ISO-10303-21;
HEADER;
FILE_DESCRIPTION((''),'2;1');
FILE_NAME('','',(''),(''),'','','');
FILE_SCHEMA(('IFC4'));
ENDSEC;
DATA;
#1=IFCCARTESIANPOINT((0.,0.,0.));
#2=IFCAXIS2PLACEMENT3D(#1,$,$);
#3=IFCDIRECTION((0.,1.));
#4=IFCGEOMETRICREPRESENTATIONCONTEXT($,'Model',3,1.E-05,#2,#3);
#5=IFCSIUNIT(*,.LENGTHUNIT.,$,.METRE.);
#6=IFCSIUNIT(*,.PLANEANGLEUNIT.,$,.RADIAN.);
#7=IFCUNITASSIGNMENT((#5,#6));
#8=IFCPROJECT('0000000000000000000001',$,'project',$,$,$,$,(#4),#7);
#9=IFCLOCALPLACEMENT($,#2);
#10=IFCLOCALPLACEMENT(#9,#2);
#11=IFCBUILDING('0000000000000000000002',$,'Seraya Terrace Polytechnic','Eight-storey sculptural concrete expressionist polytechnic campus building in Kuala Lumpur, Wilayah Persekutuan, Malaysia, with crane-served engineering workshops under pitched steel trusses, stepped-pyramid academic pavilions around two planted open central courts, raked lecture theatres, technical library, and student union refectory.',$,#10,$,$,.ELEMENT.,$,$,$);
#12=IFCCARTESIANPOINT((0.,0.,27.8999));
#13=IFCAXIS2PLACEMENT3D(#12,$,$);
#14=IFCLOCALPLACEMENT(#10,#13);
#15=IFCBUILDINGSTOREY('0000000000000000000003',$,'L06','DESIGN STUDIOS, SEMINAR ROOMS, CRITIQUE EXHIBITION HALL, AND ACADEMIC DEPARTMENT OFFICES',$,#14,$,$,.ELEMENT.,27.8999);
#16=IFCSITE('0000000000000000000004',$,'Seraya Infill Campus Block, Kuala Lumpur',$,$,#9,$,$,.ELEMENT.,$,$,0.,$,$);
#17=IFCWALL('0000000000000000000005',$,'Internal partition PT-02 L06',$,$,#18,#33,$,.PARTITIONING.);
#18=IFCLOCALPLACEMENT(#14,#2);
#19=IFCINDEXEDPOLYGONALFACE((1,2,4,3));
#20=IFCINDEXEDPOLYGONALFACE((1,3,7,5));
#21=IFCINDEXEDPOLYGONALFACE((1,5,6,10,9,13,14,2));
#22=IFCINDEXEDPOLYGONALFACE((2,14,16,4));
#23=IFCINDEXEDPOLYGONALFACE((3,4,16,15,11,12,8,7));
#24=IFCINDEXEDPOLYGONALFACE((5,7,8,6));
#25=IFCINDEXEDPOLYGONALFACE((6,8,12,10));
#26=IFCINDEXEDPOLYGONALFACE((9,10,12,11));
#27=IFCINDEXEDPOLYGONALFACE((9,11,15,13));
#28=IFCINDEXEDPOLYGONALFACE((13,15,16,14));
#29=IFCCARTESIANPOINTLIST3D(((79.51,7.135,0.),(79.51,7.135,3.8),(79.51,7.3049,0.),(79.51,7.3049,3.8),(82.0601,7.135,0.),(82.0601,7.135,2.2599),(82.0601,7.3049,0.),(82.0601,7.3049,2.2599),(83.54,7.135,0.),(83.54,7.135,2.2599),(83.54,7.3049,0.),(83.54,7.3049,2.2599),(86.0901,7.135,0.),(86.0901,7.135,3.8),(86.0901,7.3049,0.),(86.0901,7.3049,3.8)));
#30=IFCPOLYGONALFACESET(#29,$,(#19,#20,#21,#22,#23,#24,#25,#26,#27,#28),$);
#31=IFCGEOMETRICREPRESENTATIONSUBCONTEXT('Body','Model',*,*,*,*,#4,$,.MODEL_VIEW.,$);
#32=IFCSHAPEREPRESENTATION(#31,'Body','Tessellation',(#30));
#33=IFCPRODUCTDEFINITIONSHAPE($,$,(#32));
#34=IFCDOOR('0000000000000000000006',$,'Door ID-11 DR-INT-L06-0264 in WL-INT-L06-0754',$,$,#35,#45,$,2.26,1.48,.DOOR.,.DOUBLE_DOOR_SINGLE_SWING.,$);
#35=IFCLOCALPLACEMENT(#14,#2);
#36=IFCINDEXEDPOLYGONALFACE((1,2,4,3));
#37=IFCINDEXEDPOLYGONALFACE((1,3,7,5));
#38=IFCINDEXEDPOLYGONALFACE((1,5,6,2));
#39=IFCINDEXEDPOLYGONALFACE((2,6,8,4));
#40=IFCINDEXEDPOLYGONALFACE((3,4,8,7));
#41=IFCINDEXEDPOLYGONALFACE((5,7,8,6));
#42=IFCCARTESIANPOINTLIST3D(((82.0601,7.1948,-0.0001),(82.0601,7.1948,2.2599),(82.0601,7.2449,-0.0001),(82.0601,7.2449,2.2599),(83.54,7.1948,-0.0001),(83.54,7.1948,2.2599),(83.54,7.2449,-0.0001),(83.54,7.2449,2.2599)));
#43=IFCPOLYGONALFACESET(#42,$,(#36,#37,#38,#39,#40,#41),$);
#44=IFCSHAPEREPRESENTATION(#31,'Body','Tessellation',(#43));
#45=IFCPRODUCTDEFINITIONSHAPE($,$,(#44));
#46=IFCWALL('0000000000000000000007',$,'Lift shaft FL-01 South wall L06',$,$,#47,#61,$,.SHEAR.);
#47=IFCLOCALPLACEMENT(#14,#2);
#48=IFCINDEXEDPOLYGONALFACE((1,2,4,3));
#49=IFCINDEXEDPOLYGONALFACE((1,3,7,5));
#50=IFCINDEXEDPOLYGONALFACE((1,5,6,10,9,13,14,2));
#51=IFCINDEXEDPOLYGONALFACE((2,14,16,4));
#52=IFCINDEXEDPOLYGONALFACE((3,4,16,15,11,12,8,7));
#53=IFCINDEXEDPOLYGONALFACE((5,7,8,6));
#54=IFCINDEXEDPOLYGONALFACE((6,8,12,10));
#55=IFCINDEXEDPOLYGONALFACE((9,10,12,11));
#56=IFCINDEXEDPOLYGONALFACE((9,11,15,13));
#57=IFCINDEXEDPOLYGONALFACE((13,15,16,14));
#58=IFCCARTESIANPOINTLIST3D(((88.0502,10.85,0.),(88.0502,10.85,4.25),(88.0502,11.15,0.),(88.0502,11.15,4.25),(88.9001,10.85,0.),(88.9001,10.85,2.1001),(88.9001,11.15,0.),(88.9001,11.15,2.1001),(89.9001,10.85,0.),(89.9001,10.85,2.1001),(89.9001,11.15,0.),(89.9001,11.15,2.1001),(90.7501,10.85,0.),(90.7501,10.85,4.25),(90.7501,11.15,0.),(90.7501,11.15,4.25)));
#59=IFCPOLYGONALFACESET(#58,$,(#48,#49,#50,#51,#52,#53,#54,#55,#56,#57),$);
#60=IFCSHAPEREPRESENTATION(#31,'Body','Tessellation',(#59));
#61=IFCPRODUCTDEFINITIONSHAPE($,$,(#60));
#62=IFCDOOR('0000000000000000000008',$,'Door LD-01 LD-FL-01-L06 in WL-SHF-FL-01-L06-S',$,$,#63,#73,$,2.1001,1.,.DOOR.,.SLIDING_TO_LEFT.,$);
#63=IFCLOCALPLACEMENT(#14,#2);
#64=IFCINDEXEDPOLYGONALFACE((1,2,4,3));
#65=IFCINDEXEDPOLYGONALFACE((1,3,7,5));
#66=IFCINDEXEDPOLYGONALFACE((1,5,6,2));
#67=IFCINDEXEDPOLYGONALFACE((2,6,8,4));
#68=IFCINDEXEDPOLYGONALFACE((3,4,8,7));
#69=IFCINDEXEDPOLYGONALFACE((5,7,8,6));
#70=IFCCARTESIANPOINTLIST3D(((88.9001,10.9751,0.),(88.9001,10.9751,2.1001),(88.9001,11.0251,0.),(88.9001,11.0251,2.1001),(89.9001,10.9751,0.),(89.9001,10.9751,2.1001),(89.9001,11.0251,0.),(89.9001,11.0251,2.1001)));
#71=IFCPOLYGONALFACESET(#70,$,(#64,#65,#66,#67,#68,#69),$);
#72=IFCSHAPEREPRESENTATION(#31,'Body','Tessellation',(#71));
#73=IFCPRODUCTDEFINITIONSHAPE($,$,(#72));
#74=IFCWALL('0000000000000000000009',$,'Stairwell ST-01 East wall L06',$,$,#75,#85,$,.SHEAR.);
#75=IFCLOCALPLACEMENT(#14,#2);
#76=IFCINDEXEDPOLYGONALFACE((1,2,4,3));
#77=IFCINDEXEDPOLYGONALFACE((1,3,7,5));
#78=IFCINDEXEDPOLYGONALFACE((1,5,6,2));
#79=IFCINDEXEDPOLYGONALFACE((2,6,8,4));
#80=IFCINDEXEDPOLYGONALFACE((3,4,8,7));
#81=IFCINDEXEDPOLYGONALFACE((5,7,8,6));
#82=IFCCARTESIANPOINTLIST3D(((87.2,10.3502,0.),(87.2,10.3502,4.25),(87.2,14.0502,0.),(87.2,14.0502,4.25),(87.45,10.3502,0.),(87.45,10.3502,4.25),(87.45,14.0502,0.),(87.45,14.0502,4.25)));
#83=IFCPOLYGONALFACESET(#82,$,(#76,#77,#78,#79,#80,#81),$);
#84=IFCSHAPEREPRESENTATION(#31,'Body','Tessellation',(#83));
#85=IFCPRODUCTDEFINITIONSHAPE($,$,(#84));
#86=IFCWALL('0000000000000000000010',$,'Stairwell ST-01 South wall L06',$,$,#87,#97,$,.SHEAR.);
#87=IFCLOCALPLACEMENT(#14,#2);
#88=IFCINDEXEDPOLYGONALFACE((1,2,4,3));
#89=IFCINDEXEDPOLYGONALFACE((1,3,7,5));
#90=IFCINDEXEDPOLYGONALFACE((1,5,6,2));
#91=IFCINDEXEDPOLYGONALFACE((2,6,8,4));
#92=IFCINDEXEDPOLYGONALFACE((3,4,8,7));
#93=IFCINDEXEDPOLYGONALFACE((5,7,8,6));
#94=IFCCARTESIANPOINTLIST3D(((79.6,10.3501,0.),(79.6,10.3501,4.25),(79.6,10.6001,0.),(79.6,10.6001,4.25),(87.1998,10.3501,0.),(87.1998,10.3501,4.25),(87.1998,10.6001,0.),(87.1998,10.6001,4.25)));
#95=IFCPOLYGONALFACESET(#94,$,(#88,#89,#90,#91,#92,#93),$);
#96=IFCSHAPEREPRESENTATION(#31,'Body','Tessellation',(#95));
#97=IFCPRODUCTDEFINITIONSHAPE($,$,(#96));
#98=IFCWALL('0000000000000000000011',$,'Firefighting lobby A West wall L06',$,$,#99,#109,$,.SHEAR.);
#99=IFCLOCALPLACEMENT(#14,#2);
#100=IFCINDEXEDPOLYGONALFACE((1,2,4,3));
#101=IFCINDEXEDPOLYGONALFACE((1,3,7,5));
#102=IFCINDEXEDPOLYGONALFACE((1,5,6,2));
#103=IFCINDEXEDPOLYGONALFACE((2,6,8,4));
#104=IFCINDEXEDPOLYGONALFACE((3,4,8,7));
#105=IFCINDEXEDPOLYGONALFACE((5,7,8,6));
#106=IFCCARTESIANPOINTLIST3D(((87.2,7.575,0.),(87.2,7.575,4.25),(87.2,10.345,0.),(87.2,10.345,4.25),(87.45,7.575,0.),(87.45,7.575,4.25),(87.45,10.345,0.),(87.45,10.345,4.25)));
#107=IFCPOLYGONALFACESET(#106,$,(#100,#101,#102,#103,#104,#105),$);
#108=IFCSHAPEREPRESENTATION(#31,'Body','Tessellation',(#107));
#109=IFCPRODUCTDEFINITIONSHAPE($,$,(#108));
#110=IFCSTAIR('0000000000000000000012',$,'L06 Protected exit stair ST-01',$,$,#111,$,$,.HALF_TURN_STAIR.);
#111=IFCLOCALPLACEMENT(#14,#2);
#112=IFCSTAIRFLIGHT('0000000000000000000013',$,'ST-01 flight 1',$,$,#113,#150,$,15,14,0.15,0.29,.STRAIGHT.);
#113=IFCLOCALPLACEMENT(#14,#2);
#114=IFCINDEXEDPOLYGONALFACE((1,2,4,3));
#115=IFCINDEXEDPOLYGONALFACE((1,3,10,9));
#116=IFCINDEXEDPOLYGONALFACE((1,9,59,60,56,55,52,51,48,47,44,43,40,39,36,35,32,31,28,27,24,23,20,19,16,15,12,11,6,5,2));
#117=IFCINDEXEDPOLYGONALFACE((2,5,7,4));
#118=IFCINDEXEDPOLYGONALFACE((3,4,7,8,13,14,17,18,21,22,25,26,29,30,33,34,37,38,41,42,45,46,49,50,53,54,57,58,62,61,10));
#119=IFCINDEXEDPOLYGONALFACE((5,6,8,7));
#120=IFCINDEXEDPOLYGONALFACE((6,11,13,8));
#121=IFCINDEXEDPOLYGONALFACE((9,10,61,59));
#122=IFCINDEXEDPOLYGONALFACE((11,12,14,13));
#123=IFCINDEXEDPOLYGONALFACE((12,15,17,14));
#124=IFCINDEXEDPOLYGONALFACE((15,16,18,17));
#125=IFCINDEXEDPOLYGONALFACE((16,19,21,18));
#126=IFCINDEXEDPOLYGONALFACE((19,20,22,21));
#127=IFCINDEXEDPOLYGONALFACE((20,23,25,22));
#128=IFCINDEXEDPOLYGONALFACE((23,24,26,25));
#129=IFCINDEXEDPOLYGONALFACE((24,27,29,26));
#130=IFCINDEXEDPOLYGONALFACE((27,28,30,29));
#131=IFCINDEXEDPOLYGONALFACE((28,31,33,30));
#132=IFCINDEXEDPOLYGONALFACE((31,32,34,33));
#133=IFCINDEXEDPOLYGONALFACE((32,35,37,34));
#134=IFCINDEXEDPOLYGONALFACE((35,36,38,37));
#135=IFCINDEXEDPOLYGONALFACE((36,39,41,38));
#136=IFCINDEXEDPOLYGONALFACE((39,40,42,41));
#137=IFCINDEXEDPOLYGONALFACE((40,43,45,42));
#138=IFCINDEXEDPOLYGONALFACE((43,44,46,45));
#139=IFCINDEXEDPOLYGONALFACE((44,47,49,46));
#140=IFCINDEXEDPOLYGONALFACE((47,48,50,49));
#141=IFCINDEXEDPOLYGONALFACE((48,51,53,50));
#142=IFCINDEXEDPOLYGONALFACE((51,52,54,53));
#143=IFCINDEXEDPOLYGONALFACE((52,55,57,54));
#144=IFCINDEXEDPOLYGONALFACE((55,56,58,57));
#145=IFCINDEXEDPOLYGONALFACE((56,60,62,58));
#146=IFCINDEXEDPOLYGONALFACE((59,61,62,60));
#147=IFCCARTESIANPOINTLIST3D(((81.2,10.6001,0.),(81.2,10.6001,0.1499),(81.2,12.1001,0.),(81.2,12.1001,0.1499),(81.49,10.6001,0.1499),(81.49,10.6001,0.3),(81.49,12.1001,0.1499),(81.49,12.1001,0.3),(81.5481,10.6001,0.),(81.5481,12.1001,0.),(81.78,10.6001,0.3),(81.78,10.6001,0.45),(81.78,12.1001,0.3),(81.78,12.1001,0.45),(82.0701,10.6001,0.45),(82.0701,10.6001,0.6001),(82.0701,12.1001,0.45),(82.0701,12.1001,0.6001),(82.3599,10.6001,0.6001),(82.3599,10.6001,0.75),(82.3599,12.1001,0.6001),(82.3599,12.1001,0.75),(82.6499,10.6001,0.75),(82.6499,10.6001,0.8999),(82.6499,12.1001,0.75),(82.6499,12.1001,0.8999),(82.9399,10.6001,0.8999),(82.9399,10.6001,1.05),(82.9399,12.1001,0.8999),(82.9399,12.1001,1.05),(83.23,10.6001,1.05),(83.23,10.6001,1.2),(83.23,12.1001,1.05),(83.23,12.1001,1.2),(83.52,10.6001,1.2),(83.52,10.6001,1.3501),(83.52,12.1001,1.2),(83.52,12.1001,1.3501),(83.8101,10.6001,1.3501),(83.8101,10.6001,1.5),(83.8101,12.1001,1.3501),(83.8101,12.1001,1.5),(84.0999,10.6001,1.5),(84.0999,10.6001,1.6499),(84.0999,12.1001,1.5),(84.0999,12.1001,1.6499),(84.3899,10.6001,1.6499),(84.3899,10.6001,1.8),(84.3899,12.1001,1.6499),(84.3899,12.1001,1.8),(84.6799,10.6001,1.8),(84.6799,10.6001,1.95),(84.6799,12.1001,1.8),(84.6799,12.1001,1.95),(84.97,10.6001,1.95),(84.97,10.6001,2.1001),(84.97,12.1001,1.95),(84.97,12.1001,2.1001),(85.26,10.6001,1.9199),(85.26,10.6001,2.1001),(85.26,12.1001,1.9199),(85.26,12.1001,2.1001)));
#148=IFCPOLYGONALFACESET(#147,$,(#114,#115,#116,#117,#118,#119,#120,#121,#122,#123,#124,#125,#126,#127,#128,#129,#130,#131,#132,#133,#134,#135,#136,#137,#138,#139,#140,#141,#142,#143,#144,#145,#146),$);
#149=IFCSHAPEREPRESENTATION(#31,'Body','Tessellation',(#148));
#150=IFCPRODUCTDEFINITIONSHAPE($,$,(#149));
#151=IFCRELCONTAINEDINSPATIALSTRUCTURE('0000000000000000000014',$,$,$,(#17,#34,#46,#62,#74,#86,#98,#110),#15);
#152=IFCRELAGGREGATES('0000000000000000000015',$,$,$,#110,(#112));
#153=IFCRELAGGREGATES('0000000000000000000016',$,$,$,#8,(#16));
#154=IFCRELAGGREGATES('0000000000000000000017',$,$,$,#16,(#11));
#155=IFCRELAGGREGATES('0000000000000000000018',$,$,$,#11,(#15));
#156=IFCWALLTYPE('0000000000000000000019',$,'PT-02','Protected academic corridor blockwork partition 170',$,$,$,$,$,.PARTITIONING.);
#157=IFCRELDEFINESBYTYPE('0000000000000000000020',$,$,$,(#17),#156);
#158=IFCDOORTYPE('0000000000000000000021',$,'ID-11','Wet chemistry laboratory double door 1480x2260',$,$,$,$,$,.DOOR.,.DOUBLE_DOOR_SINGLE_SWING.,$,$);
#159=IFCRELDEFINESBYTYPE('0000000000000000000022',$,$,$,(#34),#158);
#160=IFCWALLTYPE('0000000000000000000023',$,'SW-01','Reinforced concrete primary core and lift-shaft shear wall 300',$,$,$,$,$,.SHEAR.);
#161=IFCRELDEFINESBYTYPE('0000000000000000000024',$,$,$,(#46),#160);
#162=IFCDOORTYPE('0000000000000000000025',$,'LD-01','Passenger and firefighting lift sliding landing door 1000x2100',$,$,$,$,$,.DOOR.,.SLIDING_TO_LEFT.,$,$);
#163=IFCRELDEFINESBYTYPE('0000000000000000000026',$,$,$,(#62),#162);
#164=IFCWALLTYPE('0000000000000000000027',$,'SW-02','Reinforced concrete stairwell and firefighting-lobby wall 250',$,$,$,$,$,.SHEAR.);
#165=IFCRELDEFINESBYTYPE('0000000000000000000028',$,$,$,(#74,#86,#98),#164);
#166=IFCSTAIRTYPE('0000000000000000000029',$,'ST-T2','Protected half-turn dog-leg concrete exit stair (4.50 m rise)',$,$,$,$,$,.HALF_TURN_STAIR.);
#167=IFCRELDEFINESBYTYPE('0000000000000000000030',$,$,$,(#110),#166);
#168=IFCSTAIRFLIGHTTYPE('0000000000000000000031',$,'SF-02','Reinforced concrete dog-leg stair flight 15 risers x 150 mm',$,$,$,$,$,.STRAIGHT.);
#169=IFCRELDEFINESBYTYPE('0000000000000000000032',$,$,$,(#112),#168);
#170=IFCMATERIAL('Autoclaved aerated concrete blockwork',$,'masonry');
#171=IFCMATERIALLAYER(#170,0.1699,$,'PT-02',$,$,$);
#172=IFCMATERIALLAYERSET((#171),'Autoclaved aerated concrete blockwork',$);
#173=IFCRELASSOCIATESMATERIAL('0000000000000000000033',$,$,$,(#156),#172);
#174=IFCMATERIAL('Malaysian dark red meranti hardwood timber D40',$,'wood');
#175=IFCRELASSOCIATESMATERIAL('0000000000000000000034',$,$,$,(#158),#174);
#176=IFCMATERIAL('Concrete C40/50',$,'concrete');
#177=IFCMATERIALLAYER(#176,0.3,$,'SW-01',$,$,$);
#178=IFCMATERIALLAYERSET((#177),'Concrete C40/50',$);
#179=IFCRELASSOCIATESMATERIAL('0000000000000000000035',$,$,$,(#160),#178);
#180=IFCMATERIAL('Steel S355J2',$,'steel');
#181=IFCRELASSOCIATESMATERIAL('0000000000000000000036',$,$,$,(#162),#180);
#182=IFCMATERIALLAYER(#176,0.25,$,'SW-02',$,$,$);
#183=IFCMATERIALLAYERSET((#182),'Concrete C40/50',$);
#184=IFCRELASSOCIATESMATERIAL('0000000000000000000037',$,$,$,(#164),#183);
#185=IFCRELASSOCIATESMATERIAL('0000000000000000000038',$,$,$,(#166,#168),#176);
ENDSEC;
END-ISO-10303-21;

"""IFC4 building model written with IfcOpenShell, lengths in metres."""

from ifc_helpers import new_model, si_unit, direction, frame, frame_2d, origin, place, context, subcontext, project, spatial, polyline, rectangle, outline, extrude, material, layer, layer_set, type_object, element, fill, aggregate, save


model = new_model("IFC4")

# Units and contexts
model_context = context("Model", 3, precision=1e-05, world=origin(), true_north=direction((0.0, 1.0)))
body_context = subcontext(model_context, "Body", "Model", "MODEL_VIEW")
ifc_project = project(units=[si_unit("LENGTHUNIT", "METRE"), si_unit("PLANEANGLEUNIT", "RADIAN")], contexts=[model_context])

# Site, building, storey
site_placement = place(None, origin())
site = spatial("IfcSite", under=ifc_project, at=site_placement, Name="Seraya Infill Campus Block, Kuala Lumpur", CompositionType="ELEMENT", RefElevation=0.0)
building_placement = place(site_placement, origin())
building = spatial("IfcBuilding", under=site, at=building_placement, Name="Seraya Terrace Polytechnic", Description="Eight-storey sculptural concrete expressionist polytechnic campus building in Kuala Lumpur, Wilayah Persekutuan, Malaysia, with crane-served engineering workshops under pitched steel trusses, stepped-pyramid academic pavilions around two planted open central courts, raked lecture theatres, technical library, and student union refectory.", CompositionType="ELEMENT")
storey_placement = place(building_placement, frame((0.0, 0.0, 27.8999)))
storey = spatial("IfcBuildingStorey", under=building, at=storey_placement, Name="L06", Description="DESIGN STUDIOS, SEMINAR ROOMS, CRITIQUE EXHIBITION HALL, AND ACADEMIC DEPARTMENT OFFICES", CompositionType="ELEMENT", Elevation=27.8999)

# Shared definitions
ifc_material_1 = material(Name="Concrete C40/50", Category="concrete")

# Shared definitions
ifc_material_2 = material(Name="Autoclaved aerated concrete blockwork", Category="masonry")
ifc_layer_1 = layer(ifc_material_2, 0.1699, Name="PT-02")
ifc_layer_set_1 = layer_set([ifc_layer_1], Name="Autoclaved aerated concrete blockwork")
wall_type_1 = type_object("IfcWallType", Name="PT-02", Description="Protected academic corridor blockwork partition 170", PredefinedType="PARTITIONING", material=ifc_layer_set_1)

# Walls, openings, doors
wall_1_placement = place(storey_placement, frame((79.51, 7.22, 0.0), z_axis=(0.0, 0.0, 1.0), x_axis=(1.0, 0.0, 0.0)))
wall_1 = element("IfcWall", 1, at=wall_1_placement, inside=storey, type_object=wall_type_1, Name="Internal partition PT-02 L06", PredefinedType="PARTITIONING", context=body_context, shape_type="SweptSolid", body=[
    extrude(rectangle(XDim=6.5801, YDim=0.1699, at=frame_2d((3.29, 0.0))), origin(), (0.0, 0.0, 1.0), 3.8),
])
opening_1_placement = place(wall_1_placement, frame((2.55, 0.0, 0.0)))
opening_1 = element("IfcOpeningElement", 2, at=opening_1_placement, cuts=wall_1, PredefinedType="OPENING", context=body_context, shape_type="SweptSolid", body=[
    extrude(rectangle(XDim=1.48, YDim=2.26, at=frame_2d((0.74, 1.1299))), frame((0.0, 0.0969, 0.0), z_axis=(0.0, -1.0, 0.0), x_axis=(1.0, 0.0, 0.0)), (0.0, 0.0, 1.0), 0.1938),
])
ifc_material_3 = material(Name="Malaysian dark red meranti hardwood timber D40", Category="wood")
door_type_1 = type_object("IfcDoorType", Name="ID-11", Description="Wet chemistry laboratory double door 1480x2260", OperationType="DOUBLE_DOOR_SINGLE_SWING", PredefinedType="DOOR", material=ifc_material_3)
door_1_placement = place(opening_1_placement, origin())
door_1 = element("IfcDoor", 3, at=door_1_placement, inside=storey, type_object=door_type_1, Name="Door ID-11 DR-INT-L06-0264 in WL-INT-L06-0754", OperationType="DOUBLE_DOOR_SINGLE_SWING", OverallHeight=2.26, OverallWidth=1.48, PredefinedType="DOOR", context=body_context, shape_type="SweptSolid", body=[
    extrude(rectangle(XDim=1.48, YDim=2.26, at=frame_2d((0.74, 1.1299))), frame((0.0, 0.0249, 0.0), z_axis=(0.0, -1.0, 0.0), x_axis=(1.0, 0.0, 0.0)), (0.0, 0.0, 1.0), 0.05),
])
fill(opening_1, door_1)
ifc_layer_2 = layer(ifc_material_1, 0.3, Name="SW-01")
ifc_layer_set_2 = layer_set([ifc_layer_2], Name="Concrete C40/50")
wall_type_2 = type_object("IfcWallType", Name="SW-01", Description="Reinforced concrete primary core and lift-shaft shear wall 300", PredefinedType="SHEAR", material=ifc_layer_set_2)
wall_2_placement = place(storey_placement, frame((88.05, 11.0, 0.0), z_axis=(0.0, 0.0, 1.0), x_axis=(1.0, 0.0, 0.0)))
wall_2 = element("IfcWall", 4, at=wall_2_placement, inside=storey, type_object=wall_type_2, Name="Lift shaft FL-01 South wall L06", PredefinedType="SHEAR", context=body_context, shape_type="SweptSolid", body=[
    extrude(rectangle(XDim=2.7, YDim=0.3, at=frame_2d((1.3501, 0.0))), origin(), (0.0, 0.0, 1.0), 4.25),
])
opening_2_placement = place(wall_2_placement, frame((0.8501, 0.0, 0.0)))
opening_2 = element("IfcOpeningElement", 5, at=opening_2_placement, cuts=wall_2, PredefinedType="OPENING", context=body_context, shape_type="SweptSolid", body=[
    extrude(rectangle(XDim=1.0, YDim=2.1001, at=frame_2d((0.5, 1.05))), frame((0.0, 0.1621, 0.0), z_axis=(0.0, -1.0, 0.0), x_axis=(1.0, 0.0, 0.0)), (0.0, 0.0, 1.0), 0.324),
])
ifc_material_4 = material(Name="Steel S355J2", Category="steel")
door_type_2 = type_object("IfcDoorType", Name="LD-01", Description="Passenger and firefighting lift sliding landing door 1000x2100", OperationType="SLIDING_TO_LEFT", PredefinedType="DOOR", material=ifc_material_4)
door_2_placement = place(opening_2_placement, frame((1.0, 0.0, 0.0), z_axis=(0.0, 0.0, 1.0), x_axis=(-1.0, 0.0, 0.0)))
door_2 = element("IfcDoor", 6, at=door_2_placement, inside=storey, type_object=door_type_2, Name="Door LD-01 LD-FL-01-L06 in WL-SHF-FL-01-L06-S", OperationType="SLIDING_TO_LEFT", OverallHeight=2.1001, OverallWidth=1.0, PredefinedType="DOOR", context=body_context, shape_type="SweptSolid", body=[
    extrude(rectangle(XDim=1.0, YDim=2.1001, at=frame_2d((0.5, 1.05))), frame((0.0, 0.0249, 0.0), z_axis=(0.0, -1.0, 0.0), x_axis=(1.0, 0.0, 0.0)), (0.0, 0.0, 1.0), 0.05),
])
fill(opening_2, door_2)
ifc_layer_3 = layer(ifc_material_1, 0.25, Name="SW-02")
ifc_layer_set_3 = layer_set([ifc_layer_3], Name="Concrete C40/50")
wall_type_3 = type_object("IfcWallType", Name="SW-02", Description="Reinforced concrete stairwell and firefighting-lobby wall 250", PredefinedType="SHEAR", material=ifc_layer_set_3)

# Walls
wall_3_placement = place(storey_placement, frame((87.325, 10.3501, 0.0), z_axis=(0.0, 0.0, 1.0), x_axis=(0.0, 1.0, 0.0)))
element("IfcWall", 7, at=wall_3_placement, inside=storey, type_object=wall_type_3, Name="Stairwell ST-01 East wall L06", PredefinedType="SHEAR", context=body_context, shape_type="SweptSolid", body=[
    extrude(rectangle(XDim=3.7, YDim=0.25, at=frame_2d((1.8501, 0.0))), origin(), (0.0, 0.0, 1.0), 4.25),
])
wall_4_placement = place(storey_placement, frame((79.6001, 10.4751, 0.0), z_axis=(0.0, 0.0, 1.0), x_axis=(1.0, 0.0, 0.0)))
element("IfcWall", 8, at=wall_4_placement, inside=storey, type_object=wall_type_3, Name="Stairwell ST-01 South wall L06", PredefinedType="SHEAR", context=body_context, shape_type="SweptSolid", body=[
    extrude(rectangle(XDim=7.5999, YDim=0.25, at=frame_2d((3.7998, 0.0))), origin(), (0.0, 0.0, 1.0), 4.25),
])

# Wall
wall_5_placement = place(storey_placement, frame((87.325, 7.575, 0.0), z_axis=(0.0, 0.0, 1.0), x_axis=(0.0, 1.0, 0.0)))
element("IfcWall", 9, at=wall_5_placement, inside=storey, type_object=wall_type_3, Name="Firefighting lobby A West wall L06", PredefinedType="SHEAR", context=body_context, shape_type="SweptSolid", body=[
    extrude(rectangle(XDim=2.77, YDim=0.25, at=frame_2d((1.385, 0.0))), origin(), (0.0, 0.0, 1.0), 4.25),
])

# Stair, stair flight
stair_type = type_object("IfcStairType", Name="ST-T2", Description="Protected half-turn dog-leg concrete exit stair (4.50 m rise)", PredefinedType="HALF_TURN_STAIR", material=ifc_material_1)
stair_placement = place(storey_placement, origin())
stair = element("IfcStair", 10, at=stair_placement, inside=storey, type_object=stair_type, Name="L06 Protected exit stair ST-01", PredefinedType="HALF_TURN_STAIR")
stair_flight_type = type_object("IfcStairFlightType", Name="SF-02", Description="Reinforced concrete dog-leg stair flight 15 risers x 150 mm", PredefinedType="STRAIGHT", material=ifc_material_1)
stair_flight_1_placement = place(storey_placement, frame((81.2, 11.3501, 0.0), z_axis=(0.0, 0.0, 1.0), x_axis=(1.0, 0.0, 0.0)))
stair_flight_1 = element("IfcStairFlight", 11, at=stair_flight_1_placement, type_object=stair_flight_type, Name="ST-01 flight 1", NumberOfRisers=15, NumberOfTreads=14, PredefinedType="STRAIGHT", RiserHeight=0.15, TreadLength=0.29, context=body_context, shape_type="SweptSolid", body=[
    extrude(outline(polyline([(0.0, 0.0), (0.0, 0.1499), (0.29, 0.1499), (0.29, 0.3), (0.5801, 0.3), (0.5801, 0.45), (0.8701, 0.45), (0.8701, 0.6001), (1.1599, 0.6001), (1.1599, 0.75), (1.45, 0.75), (1.45, 0.8999), (1.74, 0.8999), (1.74, 1.05), (2.03, 1.05), (2.03, 1.2), (2.3201, 1.2), (2.3201, 1.3501), (2.6101, 1.3501), (2.6101, 1.5), (2.8999, 1.5), (2.8999, 1.6499), (3.1899, 1.6499), (3.1899, 1.8), (3.48, 1.8), (3.48, 1.95), (3.77, 1.95), (3.77, 2.1001), (4.0601, 2.1001), (4.0601, 2.25), (4.0601, 1.9199), (0.3481, 0.0), (0.0, 0.0)])), frame((0.0, 0.75, 0.0), z_axis=(0.0, -1.0, 0.0), x_axis=(1.0, 0.0, 0.0)), (0.0, 0.0, 1.0), 1.5),
])
aggregate(stair, [stair_flight_1])

save(model, "model.ifc")
